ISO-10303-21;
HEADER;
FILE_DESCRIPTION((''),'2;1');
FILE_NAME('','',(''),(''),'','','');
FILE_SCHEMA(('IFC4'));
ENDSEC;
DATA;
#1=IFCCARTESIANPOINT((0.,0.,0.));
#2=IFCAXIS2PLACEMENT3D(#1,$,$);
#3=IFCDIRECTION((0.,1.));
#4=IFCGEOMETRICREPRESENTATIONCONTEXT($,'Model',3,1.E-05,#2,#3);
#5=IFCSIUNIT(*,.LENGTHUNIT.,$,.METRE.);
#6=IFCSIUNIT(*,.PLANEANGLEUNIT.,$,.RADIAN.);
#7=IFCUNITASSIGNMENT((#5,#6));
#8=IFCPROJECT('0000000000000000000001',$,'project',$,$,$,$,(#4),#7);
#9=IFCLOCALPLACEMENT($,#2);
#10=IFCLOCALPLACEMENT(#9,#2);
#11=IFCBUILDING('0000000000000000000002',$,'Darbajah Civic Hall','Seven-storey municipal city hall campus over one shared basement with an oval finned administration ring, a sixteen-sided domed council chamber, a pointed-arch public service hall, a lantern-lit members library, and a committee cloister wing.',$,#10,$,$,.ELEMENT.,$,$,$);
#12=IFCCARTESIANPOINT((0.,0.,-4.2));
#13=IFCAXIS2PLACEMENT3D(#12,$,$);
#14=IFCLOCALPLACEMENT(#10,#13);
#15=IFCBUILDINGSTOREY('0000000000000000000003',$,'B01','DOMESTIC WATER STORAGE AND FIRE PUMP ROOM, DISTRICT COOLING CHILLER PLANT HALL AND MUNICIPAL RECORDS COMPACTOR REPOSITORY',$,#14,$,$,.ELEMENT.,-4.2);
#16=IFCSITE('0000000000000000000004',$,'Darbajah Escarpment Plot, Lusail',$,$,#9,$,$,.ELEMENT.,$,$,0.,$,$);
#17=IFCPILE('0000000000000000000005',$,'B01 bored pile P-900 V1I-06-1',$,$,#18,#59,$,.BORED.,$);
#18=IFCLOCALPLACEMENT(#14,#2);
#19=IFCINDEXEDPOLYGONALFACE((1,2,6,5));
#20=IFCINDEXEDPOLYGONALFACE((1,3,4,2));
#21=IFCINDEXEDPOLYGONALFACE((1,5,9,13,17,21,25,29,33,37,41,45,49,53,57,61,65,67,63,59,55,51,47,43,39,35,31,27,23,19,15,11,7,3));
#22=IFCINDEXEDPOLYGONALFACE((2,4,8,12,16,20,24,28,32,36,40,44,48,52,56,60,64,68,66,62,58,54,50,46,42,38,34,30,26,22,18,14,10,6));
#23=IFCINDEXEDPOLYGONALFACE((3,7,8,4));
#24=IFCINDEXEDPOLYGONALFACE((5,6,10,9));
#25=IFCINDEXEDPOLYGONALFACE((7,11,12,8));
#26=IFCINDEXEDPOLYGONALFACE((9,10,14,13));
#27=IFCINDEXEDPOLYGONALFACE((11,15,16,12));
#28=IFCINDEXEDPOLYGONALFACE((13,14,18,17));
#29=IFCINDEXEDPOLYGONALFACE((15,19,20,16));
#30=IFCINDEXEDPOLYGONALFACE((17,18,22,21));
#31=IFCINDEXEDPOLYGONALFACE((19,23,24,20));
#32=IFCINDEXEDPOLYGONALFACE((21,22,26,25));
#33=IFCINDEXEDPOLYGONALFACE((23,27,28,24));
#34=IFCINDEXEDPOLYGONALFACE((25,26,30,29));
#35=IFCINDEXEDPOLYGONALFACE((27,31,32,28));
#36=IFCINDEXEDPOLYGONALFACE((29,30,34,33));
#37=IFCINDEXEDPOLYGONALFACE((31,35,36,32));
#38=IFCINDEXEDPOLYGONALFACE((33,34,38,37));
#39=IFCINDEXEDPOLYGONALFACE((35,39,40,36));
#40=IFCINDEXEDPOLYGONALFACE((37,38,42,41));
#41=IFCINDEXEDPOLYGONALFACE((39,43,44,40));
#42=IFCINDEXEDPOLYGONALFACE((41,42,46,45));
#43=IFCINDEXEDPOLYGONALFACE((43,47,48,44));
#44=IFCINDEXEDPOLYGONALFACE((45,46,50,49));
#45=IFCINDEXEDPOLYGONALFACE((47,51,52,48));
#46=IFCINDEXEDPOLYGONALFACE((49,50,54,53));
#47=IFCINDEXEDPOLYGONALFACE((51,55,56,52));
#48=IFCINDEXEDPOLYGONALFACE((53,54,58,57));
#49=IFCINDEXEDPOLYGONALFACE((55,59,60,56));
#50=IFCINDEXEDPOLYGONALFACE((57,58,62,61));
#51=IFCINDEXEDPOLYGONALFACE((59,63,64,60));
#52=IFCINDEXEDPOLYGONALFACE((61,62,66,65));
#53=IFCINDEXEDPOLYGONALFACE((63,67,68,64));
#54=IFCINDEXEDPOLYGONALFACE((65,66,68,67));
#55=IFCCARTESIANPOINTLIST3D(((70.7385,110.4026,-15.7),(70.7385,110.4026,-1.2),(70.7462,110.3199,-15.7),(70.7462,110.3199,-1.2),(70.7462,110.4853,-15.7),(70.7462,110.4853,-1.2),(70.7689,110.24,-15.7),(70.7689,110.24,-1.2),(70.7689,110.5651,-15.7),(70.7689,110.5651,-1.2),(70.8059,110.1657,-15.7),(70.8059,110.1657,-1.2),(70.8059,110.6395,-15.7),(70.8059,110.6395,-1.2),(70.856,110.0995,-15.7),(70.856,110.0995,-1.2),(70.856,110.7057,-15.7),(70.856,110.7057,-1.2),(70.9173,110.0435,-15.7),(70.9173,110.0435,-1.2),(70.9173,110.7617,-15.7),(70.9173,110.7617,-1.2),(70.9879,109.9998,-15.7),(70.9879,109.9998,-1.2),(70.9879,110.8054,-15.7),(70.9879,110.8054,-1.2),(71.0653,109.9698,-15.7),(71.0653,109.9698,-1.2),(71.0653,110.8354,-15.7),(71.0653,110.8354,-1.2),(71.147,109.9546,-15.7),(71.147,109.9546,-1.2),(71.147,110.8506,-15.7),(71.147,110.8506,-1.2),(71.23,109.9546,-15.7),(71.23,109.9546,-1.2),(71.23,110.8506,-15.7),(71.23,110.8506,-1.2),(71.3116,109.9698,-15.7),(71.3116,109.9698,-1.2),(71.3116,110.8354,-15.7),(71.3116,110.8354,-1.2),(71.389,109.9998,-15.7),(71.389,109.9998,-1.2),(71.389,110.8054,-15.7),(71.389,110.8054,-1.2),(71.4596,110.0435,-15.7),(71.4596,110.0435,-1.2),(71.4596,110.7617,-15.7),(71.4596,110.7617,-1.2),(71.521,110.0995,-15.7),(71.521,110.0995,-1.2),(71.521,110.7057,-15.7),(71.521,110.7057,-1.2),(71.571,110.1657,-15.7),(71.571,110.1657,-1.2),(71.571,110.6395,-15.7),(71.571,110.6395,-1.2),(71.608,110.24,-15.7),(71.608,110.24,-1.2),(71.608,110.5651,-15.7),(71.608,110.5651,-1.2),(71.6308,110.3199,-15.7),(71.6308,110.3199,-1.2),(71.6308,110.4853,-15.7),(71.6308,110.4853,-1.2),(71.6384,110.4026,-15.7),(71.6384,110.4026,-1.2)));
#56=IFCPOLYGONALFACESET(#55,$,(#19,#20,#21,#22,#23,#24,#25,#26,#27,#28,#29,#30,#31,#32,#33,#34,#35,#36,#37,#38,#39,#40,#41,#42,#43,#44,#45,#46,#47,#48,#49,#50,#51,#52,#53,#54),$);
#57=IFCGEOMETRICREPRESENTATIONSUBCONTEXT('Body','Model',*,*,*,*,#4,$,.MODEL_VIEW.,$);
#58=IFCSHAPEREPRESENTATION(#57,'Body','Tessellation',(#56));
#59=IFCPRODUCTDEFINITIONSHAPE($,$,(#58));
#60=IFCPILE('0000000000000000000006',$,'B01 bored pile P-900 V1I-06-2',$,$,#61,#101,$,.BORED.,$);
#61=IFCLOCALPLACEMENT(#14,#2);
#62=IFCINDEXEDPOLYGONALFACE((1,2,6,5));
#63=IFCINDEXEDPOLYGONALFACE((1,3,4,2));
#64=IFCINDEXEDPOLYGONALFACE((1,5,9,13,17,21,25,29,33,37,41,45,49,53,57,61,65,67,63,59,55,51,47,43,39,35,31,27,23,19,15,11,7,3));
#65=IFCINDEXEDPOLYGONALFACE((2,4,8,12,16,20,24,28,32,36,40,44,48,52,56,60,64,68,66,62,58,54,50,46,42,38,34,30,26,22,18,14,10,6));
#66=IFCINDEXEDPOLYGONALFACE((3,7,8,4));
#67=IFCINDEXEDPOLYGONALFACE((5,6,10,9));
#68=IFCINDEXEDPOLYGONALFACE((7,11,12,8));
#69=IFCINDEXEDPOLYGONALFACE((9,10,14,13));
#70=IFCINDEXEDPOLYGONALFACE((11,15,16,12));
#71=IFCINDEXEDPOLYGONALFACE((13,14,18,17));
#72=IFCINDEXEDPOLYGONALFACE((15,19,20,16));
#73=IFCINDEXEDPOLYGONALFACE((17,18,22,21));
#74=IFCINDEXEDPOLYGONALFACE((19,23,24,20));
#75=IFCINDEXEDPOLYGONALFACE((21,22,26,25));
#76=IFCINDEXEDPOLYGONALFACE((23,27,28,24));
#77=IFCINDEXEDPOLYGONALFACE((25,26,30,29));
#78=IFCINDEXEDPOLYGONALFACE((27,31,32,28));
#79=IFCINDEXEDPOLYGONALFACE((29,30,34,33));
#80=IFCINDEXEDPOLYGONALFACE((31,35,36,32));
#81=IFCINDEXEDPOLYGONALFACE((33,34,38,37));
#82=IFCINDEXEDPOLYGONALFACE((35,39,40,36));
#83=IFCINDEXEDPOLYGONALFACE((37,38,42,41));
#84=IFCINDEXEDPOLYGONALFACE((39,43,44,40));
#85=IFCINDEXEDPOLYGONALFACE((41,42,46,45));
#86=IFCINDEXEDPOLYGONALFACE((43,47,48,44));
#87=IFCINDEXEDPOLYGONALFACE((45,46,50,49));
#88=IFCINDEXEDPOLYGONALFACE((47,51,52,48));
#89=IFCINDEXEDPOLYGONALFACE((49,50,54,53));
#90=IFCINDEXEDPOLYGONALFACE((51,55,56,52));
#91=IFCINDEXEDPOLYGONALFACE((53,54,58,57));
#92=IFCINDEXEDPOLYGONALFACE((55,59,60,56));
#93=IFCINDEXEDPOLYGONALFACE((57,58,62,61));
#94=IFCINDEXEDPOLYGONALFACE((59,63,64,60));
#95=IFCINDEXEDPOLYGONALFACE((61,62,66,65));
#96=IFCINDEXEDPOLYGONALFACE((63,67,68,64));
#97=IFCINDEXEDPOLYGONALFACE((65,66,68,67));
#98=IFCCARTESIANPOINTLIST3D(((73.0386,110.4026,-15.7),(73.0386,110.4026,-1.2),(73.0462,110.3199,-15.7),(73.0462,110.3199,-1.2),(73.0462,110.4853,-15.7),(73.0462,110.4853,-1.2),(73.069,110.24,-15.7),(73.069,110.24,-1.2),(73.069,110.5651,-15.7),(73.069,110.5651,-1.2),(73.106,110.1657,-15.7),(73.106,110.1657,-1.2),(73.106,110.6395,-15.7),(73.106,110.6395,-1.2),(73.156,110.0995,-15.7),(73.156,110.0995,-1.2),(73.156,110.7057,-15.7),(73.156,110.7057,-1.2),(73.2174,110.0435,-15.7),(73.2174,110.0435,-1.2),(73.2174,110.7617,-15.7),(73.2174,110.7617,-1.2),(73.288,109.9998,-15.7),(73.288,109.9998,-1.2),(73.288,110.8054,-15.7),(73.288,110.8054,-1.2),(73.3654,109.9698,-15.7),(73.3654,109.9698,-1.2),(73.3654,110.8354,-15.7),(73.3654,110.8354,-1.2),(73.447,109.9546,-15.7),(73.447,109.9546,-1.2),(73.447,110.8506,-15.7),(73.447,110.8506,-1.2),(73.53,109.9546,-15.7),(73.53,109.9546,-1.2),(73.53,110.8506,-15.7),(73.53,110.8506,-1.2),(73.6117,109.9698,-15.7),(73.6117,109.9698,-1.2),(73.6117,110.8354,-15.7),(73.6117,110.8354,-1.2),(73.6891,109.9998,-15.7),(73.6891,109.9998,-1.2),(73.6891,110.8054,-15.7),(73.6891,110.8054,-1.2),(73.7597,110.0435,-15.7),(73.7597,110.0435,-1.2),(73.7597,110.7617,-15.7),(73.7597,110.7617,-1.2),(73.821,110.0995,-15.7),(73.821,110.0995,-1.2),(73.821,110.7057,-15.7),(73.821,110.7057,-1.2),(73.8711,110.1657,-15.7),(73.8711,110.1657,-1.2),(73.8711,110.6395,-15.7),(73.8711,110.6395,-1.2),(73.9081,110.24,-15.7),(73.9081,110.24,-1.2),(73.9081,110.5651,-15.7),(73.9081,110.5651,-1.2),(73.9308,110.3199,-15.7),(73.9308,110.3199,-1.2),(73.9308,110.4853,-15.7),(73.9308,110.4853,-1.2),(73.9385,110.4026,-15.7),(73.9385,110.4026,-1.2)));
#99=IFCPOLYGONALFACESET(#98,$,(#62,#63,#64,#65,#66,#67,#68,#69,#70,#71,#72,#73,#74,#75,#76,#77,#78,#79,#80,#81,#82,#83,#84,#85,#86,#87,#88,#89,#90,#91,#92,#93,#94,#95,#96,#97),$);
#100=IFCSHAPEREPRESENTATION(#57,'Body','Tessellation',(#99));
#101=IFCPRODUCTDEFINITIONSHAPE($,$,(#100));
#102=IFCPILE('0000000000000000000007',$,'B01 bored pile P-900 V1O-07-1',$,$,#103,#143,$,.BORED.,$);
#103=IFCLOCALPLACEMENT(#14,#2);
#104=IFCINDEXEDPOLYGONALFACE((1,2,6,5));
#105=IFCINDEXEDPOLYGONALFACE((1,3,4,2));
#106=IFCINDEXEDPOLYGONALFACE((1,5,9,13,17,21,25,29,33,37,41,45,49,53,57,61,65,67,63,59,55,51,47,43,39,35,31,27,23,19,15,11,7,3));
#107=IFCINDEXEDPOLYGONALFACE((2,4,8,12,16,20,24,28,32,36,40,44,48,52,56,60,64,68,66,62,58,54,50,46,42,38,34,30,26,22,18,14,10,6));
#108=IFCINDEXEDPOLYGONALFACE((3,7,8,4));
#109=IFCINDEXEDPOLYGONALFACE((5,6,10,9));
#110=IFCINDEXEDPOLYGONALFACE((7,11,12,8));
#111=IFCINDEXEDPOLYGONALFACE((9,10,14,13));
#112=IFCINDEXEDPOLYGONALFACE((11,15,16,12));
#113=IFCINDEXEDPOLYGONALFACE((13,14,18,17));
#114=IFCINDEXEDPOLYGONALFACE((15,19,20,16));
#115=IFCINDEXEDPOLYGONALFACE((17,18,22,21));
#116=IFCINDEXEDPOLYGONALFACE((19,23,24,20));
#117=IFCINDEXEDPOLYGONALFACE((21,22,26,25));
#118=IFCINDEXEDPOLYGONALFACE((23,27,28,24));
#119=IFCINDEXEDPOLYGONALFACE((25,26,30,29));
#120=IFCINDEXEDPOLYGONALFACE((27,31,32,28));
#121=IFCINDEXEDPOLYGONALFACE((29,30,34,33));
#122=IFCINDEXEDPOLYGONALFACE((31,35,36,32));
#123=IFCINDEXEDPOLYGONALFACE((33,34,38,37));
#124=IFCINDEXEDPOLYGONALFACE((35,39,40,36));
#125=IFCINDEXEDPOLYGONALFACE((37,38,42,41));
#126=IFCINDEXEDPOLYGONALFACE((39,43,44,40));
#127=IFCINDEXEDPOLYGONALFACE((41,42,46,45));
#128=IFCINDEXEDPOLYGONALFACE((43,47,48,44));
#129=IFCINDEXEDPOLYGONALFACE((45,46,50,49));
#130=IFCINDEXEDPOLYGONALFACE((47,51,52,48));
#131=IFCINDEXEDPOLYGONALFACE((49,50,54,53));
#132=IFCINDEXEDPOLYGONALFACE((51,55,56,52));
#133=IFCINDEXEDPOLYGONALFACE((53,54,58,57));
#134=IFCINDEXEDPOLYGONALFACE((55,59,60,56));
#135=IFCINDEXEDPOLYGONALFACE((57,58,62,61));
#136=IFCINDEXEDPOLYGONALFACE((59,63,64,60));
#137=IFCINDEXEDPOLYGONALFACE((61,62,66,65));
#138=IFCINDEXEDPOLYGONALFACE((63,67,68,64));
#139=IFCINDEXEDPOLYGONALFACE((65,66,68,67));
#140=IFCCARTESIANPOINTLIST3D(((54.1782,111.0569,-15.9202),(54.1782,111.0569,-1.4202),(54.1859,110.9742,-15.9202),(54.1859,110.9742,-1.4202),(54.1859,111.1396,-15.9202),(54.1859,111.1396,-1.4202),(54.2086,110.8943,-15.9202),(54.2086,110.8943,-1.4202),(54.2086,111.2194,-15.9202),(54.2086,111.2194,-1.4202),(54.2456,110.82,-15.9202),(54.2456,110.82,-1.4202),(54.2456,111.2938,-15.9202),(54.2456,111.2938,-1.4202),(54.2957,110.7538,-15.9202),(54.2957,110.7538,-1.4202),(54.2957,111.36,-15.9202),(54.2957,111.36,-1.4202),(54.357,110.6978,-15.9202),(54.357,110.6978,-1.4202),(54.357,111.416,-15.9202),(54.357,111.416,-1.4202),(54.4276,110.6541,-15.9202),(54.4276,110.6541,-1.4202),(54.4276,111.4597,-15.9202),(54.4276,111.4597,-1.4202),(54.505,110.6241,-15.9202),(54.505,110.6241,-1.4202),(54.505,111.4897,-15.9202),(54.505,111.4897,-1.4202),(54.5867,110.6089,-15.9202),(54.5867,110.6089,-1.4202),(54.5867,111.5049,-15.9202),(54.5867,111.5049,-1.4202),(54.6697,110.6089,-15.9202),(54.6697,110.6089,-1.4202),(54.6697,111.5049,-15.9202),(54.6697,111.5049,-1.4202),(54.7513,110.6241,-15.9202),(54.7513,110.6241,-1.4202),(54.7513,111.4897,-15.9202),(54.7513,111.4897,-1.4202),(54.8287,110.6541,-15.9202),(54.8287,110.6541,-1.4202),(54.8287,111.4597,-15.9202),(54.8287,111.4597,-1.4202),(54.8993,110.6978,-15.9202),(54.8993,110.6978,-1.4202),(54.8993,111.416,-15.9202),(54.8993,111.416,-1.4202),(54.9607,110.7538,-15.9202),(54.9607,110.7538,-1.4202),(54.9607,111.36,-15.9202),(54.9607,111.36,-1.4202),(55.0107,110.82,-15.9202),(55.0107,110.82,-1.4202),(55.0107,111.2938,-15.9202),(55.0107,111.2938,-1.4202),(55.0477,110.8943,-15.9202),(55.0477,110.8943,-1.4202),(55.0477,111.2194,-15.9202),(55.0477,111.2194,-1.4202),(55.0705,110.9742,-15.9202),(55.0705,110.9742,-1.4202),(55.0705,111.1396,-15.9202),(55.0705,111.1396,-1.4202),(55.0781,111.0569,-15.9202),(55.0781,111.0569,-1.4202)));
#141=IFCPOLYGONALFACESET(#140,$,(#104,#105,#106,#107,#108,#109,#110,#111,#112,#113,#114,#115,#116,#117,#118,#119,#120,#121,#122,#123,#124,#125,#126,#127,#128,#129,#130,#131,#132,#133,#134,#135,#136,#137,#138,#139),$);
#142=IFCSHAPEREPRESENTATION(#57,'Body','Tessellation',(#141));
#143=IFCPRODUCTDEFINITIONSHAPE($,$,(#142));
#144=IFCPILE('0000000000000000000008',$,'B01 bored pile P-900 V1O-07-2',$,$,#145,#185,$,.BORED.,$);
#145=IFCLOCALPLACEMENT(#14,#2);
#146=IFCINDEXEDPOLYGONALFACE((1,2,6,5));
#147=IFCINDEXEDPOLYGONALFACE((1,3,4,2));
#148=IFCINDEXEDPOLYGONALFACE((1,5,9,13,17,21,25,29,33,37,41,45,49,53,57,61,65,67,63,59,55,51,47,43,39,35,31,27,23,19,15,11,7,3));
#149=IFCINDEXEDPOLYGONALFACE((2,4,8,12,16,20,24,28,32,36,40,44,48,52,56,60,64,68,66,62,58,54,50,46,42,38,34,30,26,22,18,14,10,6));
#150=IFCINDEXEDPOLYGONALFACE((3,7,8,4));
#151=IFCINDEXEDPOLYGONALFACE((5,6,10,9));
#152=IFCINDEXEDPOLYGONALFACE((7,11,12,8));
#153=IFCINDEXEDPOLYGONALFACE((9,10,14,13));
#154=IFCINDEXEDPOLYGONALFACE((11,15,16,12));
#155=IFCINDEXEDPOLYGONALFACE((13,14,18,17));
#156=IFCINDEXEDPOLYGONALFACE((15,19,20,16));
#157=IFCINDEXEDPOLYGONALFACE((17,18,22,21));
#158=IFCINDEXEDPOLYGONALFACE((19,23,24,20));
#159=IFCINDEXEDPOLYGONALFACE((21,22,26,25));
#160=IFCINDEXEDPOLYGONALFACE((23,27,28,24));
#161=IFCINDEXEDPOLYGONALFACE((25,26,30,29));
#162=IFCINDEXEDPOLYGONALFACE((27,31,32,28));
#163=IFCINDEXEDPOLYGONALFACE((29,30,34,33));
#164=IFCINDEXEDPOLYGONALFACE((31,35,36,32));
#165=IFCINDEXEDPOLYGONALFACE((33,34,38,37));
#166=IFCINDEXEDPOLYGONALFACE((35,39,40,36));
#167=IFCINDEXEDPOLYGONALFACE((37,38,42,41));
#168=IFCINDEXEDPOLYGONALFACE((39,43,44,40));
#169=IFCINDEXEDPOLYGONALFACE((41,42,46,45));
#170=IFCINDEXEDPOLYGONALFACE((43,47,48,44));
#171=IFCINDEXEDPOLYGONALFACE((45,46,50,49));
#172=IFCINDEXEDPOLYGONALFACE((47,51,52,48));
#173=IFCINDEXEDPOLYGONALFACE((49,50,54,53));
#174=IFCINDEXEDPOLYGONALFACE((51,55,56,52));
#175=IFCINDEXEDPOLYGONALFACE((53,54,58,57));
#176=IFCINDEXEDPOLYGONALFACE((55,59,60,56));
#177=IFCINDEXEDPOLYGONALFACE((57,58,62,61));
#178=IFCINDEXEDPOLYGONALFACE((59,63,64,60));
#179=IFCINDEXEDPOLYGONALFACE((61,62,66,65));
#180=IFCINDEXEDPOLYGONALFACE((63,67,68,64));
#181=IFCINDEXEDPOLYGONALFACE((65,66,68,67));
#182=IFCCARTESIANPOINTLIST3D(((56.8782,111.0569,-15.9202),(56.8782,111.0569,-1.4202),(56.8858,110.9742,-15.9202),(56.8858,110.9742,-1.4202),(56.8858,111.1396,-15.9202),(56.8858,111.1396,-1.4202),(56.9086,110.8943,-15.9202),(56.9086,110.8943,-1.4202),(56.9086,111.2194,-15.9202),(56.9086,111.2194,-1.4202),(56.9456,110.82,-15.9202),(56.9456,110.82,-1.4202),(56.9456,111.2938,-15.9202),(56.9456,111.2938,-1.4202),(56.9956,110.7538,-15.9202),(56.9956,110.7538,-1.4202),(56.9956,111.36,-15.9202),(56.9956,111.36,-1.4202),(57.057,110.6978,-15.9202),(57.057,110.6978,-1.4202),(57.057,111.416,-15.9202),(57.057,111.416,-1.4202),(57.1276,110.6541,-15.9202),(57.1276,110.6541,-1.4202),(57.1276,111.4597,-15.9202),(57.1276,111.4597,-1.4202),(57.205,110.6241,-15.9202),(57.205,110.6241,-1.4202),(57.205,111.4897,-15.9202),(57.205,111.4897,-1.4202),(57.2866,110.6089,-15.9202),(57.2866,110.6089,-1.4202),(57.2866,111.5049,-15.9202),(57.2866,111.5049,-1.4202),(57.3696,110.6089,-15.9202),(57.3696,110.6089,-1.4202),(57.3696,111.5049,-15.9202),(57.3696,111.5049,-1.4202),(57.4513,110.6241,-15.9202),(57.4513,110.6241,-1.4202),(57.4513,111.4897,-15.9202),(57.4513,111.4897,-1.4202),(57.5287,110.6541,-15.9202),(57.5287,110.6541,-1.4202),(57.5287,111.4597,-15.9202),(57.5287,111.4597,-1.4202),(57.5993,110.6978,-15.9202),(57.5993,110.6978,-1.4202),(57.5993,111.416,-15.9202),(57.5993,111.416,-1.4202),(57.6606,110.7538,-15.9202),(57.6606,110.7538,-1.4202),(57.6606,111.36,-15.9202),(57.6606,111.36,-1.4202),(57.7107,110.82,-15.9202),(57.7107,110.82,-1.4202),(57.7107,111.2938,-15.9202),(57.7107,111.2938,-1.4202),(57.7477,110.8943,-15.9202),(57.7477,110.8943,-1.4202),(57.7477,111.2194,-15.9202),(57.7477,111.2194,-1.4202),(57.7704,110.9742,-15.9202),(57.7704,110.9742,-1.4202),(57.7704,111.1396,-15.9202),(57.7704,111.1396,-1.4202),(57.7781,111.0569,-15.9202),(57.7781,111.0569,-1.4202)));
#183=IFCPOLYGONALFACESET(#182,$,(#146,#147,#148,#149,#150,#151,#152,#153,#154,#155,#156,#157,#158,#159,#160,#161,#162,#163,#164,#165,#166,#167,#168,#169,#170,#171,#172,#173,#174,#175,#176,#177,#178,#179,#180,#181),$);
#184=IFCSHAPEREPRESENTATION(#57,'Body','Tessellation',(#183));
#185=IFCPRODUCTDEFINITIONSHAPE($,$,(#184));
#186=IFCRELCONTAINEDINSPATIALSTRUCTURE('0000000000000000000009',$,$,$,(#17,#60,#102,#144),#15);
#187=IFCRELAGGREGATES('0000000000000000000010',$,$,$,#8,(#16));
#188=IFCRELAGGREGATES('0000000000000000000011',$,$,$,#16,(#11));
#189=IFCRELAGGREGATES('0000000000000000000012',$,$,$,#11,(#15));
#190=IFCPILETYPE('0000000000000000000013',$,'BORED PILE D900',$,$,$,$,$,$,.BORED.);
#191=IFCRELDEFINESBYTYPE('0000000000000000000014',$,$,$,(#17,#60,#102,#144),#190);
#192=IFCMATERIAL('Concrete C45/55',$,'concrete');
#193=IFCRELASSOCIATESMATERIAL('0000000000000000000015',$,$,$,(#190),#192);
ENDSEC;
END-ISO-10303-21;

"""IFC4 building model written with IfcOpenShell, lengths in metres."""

from ifc_helpers import new_model, si_unit, direction, frame, origin, origin_2d, place, context, subcontext, project, spatial, circle, extrude, material, material_profile, profile_set, type_object, element, save


model = new_model("IFC4")

# Units and contexts
model_context = context("Model", 3, precision=1e-05, world=origin(), true_north=direction((0.0, 1.0)))
body_context = subcontext(model_context, "Body", "Model", "MODEL_VIEW")
ifc_project = project(units=[si_unit("LENGTHUNIT", "METRE"), si_unit("PLANEANGLEUNIT", "RADIAN")], contexts=[model_context])

# Site, building, storey
site_placement = place(None, origin())
site = spatial("IfcSite", under=ifc_project, at=site_placement, Name="Darbajah Escarpment Plot, Lusail", CompositionType="ELEMENT", RefElevation=0.0)
building_placement = place(site_placement, origin())
building = spatial("IfcBuilding", under=site, at=building_placement, Name="Darbajah Civic Hall", Description="Seven-storey municipal city hall campus over one shared basement with an oval finned administration ring, a sixteen-sided domed council chamber, a pointed-arch public service hall, a lantern-lit members library, and a committee cloister wing.", CompositionType="ELEMENT")
storey_placement = place(building_placement, frame((0.0, 0.0, -4.2)))
storey = spatial("IfcBuildingStorey", under=building, at=storey_placement, Name="B01", Description="DOMESTIC WATER STORAGE AND FIRE PUMP ROOM, DISTRICT COOLING CHILLER PLANT HALL AND MUNICIPAL RECORDS COMPACTOR REPOSITORY", CompositionType="ELEMENT", Elevation=-4.2)

# Piles
ifc_material_1 = material(Name="Concrete C45/55", Category="concrete")
ifc_material_profile_1 = material_profile(ifc_material_1, circle(Radius=0.45, at=origin_2d()), Name="BORED PILE D900")
ifc_profile_set_1 = profile_set([ifc_material_profile_1], Name="Concrete C45/55")
pile_type_1 = type_object("IfcPileType", Name="BORED PILE D900", PredefinedType="BORED", material=ifc_profile_set_1)
for number, where, z_axis, x_axis, name in (
    (1, (71.1885, 110.4026, -1.2), (0.0, 0.0, -1.0), (1.0, 0.0, 0.0), "B01 bored pile P-900 V1I-06-1"),
    (2, (73.4885, 110.4026, -1.2), (0.0, 0.0, -1.0), (1.0, 0.0, 0.0), "B01 bored pile P-900 V1I-06-2"),
    (3, (54.6282, 111.0569, -1.4202), (0.0, 0.0, -1.0), (1.0, 0.0, 0.0), "B01 bored pile P-900 V1O-07-1"),
    (4, (57.3281, 111.0569, -1.4202), (0.0, 0.0, -1.0), (1.0, 0.0, 0.0), "B01 bored pile P-900 V1O-07-2"),
):
    element("IfcPile", number, at=place(storey_placement, frame(where, z_axis=z_axis, x_axis=x_axis)), inside=storey, type_object=pile_type_1, Name=name, PredefinedType="BORED", context=body_context, shape_type="SweptSolid", body=[
        extrude(circle(Radius=0.45, at=origin_2d()), origin(), (0.0, 0.0, 1.0), 14.5),
    ])

save(model, "model.ifc")
